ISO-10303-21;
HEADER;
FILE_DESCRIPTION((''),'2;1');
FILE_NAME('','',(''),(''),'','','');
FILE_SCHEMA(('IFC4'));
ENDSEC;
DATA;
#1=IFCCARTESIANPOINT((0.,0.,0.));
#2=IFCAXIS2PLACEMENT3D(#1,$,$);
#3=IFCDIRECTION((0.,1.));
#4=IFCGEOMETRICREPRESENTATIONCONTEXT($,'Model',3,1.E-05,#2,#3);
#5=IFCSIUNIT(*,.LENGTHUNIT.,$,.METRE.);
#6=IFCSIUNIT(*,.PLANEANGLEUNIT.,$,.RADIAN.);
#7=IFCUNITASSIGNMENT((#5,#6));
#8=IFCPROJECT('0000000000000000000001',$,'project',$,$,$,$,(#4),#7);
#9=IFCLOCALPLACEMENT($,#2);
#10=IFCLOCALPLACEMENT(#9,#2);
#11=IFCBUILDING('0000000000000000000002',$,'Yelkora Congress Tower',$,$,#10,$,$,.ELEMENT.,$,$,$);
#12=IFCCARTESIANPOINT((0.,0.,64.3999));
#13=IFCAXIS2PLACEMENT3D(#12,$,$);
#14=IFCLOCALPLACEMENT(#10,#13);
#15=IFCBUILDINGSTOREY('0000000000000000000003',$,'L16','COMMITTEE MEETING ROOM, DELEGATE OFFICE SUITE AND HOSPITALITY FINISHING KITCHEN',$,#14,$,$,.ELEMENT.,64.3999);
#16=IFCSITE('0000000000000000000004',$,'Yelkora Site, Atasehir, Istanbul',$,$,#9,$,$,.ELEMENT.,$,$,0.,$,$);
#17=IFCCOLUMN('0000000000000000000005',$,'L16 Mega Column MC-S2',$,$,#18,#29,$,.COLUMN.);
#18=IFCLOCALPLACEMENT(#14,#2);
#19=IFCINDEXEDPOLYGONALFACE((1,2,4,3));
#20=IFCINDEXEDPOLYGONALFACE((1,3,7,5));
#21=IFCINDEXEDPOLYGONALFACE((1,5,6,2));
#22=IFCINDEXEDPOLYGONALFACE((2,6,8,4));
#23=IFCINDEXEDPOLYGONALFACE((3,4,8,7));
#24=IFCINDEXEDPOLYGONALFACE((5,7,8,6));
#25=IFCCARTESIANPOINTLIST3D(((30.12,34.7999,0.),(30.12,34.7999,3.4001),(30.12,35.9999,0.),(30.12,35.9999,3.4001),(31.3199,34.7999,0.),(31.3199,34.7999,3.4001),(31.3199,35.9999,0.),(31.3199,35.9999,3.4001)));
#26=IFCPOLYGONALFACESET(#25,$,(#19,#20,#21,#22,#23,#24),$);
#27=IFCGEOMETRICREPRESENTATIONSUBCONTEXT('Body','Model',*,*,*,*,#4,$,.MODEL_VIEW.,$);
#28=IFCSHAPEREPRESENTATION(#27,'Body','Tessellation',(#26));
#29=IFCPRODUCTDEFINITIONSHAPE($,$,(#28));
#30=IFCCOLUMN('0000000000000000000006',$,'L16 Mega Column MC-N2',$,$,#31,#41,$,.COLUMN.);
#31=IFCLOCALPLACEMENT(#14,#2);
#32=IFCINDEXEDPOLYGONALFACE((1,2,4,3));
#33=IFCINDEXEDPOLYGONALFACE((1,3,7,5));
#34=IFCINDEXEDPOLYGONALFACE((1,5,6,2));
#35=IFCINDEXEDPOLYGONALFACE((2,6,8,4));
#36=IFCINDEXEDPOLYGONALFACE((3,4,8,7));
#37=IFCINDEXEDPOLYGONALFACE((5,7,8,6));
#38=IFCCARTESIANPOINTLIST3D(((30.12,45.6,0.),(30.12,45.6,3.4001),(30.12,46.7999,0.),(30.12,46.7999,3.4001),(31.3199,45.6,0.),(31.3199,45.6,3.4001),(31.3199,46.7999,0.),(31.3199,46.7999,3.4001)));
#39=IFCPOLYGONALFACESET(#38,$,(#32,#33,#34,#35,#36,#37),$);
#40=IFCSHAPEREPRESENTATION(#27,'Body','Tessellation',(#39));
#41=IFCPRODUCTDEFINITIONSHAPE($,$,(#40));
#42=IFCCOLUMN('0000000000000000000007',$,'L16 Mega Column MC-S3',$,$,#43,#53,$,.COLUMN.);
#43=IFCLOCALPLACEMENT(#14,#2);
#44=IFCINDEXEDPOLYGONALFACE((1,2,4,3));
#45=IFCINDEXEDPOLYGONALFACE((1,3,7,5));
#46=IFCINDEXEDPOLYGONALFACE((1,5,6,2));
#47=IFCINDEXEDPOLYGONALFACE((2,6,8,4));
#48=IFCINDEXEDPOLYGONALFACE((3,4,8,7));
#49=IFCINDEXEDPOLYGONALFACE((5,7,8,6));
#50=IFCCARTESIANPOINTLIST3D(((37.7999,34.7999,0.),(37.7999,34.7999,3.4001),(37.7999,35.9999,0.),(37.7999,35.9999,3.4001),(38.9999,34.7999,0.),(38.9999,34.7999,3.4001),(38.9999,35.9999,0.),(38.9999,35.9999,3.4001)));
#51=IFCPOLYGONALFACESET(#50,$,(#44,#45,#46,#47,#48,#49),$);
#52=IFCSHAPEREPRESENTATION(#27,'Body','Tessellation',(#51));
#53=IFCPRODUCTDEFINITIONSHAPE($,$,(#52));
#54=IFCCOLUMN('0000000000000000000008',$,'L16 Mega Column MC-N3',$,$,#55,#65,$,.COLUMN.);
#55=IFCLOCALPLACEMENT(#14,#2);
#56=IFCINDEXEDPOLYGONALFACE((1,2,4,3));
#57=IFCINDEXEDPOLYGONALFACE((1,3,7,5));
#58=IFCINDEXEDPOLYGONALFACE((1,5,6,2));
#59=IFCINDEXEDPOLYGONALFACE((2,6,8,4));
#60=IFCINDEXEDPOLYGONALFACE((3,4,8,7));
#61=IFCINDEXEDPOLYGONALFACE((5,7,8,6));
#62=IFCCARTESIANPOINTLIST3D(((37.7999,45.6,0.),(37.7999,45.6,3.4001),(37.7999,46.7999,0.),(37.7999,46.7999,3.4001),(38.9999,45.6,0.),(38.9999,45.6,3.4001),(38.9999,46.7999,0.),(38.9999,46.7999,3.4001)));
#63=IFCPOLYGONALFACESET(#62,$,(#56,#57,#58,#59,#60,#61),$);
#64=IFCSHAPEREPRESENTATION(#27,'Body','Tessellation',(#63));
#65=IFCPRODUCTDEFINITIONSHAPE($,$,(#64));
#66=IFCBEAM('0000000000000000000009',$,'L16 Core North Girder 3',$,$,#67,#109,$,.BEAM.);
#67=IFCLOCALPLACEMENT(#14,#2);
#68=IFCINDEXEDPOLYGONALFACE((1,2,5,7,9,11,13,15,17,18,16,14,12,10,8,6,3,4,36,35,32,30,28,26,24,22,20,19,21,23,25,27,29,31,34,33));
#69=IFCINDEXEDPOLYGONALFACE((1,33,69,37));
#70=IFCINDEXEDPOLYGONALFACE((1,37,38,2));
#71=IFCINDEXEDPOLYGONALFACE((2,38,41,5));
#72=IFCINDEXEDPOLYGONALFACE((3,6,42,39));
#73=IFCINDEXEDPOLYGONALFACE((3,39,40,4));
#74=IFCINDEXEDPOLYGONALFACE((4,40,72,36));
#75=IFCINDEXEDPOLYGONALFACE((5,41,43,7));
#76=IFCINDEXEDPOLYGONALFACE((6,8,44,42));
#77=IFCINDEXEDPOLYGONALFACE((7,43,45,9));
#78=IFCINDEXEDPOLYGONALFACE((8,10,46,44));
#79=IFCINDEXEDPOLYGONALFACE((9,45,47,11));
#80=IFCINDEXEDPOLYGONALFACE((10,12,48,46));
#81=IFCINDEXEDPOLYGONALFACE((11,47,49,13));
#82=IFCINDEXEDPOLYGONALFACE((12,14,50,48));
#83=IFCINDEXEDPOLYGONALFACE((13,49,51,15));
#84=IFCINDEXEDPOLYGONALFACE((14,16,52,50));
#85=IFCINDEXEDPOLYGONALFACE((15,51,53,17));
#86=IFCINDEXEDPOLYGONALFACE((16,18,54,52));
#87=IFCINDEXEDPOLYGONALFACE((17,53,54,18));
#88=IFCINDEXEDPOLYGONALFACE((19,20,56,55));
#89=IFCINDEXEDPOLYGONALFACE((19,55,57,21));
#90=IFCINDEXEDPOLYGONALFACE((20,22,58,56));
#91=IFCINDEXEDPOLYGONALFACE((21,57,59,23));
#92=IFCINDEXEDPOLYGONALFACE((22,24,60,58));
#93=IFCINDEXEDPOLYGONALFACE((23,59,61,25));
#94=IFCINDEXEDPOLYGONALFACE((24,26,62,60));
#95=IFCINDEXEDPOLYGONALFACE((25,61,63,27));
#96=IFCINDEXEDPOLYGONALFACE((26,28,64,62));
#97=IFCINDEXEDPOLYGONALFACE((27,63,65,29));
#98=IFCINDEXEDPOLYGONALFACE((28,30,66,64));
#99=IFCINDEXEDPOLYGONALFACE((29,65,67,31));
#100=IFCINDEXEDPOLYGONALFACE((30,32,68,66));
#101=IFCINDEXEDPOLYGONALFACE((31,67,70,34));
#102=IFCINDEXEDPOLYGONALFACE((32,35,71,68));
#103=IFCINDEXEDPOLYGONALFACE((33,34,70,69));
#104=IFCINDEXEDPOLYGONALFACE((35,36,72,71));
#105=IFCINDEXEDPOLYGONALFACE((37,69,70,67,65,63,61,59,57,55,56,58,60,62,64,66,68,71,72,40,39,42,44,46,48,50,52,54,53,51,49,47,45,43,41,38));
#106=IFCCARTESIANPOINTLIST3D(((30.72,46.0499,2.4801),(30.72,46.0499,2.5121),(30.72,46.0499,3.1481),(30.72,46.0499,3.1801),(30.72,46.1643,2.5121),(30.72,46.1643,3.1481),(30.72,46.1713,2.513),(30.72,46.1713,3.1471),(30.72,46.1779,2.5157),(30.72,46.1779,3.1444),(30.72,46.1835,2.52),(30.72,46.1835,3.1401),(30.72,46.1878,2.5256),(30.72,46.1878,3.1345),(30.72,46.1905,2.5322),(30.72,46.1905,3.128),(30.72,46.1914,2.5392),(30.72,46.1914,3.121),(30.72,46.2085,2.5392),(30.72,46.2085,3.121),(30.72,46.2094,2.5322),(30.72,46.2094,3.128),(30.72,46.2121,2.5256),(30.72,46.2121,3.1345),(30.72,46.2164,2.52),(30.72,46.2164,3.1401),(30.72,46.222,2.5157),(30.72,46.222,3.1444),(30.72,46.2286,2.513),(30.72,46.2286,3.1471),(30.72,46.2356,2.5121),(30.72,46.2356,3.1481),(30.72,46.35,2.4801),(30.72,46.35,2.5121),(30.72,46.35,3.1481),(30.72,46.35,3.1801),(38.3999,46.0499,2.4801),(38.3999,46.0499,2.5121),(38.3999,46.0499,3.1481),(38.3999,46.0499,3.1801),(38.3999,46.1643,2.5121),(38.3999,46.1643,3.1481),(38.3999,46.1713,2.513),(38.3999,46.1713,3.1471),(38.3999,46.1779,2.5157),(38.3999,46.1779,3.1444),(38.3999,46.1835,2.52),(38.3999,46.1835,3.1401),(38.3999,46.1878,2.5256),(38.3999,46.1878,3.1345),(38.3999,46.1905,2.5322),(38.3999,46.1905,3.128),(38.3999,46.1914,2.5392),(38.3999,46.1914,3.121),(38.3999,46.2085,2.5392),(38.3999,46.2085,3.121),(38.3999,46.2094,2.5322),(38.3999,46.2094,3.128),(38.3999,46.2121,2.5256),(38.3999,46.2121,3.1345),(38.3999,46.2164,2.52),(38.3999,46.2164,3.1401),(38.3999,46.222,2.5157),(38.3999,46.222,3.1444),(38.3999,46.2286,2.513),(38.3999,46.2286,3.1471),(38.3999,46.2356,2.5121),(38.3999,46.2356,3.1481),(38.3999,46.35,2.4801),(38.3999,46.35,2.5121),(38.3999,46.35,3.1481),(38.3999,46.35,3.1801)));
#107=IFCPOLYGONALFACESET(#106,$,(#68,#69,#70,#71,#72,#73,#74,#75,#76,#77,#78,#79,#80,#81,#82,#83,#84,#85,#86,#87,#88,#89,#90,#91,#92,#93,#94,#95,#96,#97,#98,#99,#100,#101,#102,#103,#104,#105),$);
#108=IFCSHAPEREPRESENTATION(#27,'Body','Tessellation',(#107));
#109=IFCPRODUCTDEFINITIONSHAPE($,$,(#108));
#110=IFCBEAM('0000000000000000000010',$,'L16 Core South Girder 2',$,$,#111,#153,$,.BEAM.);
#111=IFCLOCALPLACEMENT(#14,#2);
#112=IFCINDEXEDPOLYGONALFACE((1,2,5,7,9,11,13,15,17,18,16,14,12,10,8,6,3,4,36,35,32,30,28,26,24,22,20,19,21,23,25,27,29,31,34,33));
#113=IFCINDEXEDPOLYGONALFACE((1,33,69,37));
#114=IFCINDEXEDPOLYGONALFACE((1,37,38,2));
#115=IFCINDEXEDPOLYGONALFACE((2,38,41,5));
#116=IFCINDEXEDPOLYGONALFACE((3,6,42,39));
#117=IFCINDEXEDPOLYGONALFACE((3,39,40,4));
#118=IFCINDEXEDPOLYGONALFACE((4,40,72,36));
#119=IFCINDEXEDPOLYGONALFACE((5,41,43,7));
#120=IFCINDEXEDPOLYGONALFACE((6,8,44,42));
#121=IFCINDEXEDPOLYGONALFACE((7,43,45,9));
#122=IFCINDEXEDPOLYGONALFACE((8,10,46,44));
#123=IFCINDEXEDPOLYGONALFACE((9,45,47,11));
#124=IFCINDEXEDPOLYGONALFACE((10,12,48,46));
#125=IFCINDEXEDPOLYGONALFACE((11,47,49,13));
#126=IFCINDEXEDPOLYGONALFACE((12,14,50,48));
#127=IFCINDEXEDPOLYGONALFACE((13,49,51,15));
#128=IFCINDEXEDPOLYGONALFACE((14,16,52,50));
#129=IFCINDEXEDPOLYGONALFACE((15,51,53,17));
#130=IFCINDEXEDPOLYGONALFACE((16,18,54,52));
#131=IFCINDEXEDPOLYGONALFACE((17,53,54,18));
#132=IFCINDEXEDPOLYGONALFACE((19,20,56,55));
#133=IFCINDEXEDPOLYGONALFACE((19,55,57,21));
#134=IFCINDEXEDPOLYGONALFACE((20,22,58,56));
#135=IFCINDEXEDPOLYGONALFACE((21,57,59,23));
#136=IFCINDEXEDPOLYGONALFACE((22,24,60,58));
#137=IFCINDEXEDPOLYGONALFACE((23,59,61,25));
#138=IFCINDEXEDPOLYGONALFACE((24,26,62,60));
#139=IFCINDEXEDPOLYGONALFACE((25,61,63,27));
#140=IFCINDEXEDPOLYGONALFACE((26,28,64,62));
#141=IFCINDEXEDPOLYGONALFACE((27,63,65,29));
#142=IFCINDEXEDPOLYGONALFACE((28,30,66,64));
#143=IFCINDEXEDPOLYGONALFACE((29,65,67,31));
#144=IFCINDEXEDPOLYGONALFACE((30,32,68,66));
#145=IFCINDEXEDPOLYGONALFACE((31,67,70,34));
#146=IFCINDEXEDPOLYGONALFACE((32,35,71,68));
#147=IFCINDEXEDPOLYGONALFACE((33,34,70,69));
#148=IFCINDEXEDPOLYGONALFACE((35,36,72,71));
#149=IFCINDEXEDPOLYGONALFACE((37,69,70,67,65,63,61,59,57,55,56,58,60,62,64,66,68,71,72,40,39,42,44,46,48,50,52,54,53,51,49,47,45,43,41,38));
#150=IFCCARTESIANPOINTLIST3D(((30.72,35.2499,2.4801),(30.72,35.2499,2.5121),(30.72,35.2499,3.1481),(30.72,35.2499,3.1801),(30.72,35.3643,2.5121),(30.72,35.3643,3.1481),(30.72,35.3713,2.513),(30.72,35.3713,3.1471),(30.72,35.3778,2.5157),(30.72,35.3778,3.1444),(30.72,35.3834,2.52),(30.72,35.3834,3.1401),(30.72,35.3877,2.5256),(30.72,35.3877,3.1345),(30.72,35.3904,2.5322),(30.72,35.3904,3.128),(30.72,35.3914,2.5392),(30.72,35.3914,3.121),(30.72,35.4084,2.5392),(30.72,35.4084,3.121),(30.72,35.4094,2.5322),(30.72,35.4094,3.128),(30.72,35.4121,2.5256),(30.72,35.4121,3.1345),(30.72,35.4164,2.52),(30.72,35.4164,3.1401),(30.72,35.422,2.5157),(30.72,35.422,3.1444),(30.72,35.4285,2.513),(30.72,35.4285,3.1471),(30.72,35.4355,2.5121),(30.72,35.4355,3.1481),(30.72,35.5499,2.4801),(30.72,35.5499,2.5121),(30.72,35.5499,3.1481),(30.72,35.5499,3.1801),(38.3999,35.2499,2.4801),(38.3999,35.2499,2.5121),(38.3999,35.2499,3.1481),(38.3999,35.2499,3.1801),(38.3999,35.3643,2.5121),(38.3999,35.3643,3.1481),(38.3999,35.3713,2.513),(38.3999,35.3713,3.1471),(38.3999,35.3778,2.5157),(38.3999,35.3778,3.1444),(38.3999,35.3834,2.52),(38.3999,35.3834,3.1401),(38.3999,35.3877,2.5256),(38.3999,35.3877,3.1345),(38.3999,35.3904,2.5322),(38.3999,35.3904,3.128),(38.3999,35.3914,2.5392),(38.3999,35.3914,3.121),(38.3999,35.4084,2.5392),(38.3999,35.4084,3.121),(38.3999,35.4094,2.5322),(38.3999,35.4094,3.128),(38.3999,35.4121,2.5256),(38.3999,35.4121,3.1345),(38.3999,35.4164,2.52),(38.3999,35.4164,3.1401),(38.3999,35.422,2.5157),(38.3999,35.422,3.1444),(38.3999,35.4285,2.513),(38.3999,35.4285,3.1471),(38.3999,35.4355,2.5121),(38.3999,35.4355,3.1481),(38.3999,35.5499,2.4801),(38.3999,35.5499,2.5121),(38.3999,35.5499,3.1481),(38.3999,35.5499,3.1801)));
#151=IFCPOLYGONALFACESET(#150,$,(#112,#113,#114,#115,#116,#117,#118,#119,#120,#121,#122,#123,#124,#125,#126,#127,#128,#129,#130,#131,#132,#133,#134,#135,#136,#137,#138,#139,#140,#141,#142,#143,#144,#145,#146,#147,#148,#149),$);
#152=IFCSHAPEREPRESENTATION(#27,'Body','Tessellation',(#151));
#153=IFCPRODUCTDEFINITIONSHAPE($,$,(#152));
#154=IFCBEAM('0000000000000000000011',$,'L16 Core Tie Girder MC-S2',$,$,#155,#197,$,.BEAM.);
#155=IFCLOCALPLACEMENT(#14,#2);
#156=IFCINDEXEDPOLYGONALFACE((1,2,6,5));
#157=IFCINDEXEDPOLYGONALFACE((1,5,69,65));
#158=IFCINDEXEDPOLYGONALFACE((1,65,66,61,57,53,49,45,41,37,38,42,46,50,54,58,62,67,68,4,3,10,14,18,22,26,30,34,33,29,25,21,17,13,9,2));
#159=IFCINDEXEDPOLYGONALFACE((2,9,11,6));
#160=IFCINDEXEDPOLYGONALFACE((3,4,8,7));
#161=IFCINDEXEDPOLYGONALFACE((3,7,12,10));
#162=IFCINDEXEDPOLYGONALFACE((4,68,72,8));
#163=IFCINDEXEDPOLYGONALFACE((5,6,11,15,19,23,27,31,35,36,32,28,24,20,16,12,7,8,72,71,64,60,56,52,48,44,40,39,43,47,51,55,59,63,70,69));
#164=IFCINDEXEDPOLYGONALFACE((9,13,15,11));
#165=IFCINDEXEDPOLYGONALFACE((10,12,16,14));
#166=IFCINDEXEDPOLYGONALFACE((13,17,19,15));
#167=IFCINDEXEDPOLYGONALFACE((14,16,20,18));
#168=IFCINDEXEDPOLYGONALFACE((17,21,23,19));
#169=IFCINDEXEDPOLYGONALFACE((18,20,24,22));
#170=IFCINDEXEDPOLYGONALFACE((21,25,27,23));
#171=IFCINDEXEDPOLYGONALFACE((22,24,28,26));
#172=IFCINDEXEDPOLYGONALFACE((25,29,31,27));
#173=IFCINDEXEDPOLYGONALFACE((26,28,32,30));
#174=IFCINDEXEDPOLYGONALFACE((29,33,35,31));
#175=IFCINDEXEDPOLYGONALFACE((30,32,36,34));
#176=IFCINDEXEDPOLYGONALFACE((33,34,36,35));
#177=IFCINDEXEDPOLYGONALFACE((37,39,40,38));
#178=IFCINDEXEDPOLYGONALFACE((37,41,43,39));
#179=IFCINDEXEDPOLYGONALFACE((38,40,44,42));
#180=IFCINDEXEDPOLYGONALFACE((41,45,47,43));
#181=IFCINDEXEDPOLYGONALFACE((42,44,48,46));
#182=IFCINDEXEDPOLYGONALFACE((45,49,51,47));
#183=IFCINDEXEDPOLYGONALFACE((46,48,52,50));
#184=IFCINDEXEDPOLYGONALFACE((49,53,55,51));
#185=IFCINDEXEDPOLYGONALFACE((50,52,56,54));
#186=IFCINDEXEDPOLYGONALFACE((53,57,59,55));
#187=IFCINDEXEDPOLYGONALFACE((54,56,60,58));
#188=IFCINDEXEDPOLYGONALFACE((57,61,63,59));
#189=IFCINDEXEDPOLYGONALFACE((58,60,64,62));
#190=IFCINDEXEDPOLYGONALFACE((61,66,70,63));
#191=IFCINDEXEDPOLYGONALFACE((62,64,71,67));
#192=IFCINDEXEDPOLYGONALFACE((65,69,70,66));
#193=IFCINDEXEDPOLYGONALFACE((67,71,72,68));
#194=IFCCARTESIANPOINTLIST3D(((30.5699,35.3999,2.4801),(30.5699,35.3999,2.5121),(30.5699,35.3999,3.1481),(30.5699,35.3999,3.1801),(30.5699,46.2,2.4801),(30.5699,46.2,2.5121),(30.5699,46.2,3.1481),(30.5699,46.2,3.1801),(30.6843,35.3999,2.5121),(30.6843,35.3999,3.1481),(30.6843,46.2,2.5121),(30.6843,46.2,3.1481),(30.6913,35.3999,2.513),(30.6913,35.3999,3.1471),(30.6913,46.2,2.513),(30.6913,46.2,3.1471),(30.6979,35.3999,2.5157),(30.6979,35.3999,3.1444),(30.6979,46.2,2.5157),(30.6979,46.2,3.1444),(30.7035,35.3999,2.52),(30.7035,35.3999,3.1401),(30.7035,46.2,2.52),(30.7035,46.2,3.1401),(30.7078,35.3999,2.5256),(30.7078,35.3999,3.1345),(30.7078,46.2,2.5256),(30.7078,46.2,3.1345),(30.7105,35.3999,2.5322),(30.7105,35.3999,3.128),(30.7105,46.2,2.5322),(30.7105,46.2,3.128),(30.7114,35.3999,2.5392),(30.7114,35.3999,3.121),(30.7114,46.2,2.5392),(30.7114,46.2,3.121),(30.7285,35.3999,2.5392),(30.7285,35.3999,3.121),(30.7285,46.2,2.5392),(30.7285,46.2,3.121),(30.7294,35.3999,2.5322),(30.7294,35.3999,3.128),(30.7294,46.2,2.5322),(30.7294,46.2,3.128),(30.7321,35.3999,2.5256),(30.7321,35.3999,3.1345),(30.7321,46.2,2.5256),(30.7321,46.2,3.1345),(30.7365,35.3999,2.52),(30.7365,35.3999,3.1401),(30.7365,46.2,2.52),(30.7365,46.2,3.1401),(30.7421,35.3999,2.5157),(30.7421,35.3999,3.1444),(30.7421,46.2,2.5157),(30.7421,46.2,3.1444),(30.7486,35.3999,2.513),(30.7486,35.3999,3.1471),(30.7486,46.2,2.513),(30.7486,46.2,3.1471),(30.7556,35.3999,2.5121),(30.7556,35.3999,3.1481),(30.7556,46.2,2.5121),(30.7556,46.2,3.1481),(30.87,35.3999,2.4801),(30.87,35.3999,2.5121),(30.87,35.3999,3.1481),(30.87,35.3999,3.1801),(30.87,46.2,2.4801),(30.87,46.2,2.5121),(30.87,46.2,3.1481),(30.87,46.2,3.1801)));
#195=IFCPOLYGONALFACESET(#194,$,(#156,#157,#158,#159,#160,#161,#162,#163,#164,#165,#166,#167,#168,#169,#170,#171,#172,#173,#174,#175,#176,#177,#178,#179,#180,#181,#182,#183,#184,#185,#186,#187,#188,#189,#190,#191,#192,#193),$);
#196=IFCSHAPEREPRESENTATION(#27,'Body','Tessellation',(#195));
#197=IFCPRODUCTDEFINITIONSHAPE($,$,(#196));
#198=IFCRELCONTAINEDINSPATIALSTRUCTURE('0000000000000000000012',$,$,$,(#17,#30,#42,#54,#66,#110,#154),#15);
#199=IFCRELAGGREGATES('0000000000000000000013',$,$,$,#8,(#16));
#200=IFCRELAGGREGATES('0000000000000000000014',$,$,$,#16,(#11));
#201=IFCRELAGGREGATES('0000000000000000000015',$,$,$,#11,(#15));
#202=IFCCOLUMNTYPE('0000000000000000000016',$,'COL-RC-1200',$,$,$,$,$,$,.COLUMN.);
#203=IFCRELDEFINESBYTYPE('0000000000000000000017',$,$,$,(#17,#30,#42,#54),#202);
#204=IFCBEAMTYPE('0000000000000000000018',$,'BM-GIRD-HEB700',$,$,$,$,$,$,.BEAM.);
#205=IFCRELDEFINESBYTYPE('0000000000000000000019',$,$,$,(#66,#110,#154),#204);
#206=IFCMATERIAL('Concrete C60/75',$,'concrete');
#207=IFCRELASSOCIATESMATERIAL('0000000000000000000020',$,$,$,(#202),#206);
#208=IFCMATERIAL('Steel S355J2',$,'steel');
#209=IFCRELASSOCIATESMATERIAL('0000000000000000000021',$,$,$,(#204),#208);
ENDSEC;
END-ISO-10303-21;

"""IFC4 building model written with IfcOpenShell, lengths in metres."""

from ifc_helpers import new_model, si_unit, direction, frame, origin, origin_2d, place, context, subcontext, project, spatial, rectangle, i_section, extrude, material, material_profile, profile_set, type_object, element, save


model = new_model("IFC4")

# Units and contexts
model_context = context("Model", 3, precision=1e-05, world=origin(), true_north=direction((0.0, 1.0)))
body_context = subcontext(model_context, "Body", "Model", "MODEL_VIEW")
ifc_project = project(units=[si_unit("LENGTHUNIT", "METRE"), si_unit("PLANEANGLEUNIT", "RADIAN")], contexts=[model_context])

# Site, building, storey
site_placement = place(None, origin())
site = spatial("IfcSite", under=ifc_project, at=site_placement, Name="Yelkora Site, Atasehir, Istanbul", CompositionType="ELEMENT", RefElevation=0.0)
building_placement = place(site_placement, origin())
building = spatial("IfcBuilding", under=site, at=building_placement, Name="Yelkora Congress Tower", CompositionType="ELEMENT")
storey_placement = place(building_placement, frame((0.0, 0.0, 64.3999)))
storey = spatial("IfcBuildingStorey", under=building, at=storey_placement, Name="L16", Description="COMMITTEE MEETING ROOM, DELEGATE OFFICE SUITE AND HOSPITALITY FINISHING KITCHEN", CompositionType="ELEMENT", Elevation=64.3999)

# Columns
ifc_material_1 = material(Name="Concrete C60/75", Category="concrete")
ifc_material_profile_1 = material_profile(ifc_material_1, rectangle(XDim=1.2, YDim=1.2, at=origin_2d()), Name="RC 1200x1200")
ifc_profile_set_1 = profile_set([ifc_material_profile_1], Name="Concrete C60/75")
column_type = type_object("IfcColumnType", Name="COL-RC-1200", PredefinedType="COLUMN", material=ifc_profile_set_1)
for number, where, z_axis, x_axis, name in (
    (1, (30.72, 35.3999, 0.0), (0.0, 0.0, 1.0), (1.0, 0.0, 0.0), "L16 Mega Column MC-S2"),
    (2, (30.72, 46.2, 0.0), (0.0, 0.0, 1.0), (1.0, 0.0, 0.0), "L16 Mega Column MC-N2"),
    (3, (38.3999, 35.3999, 0.0), (0.0, 0.0, 1.0), (1.0, 0.0, 0.0), "L16 Mega Column MC-S3"),
    (4, (38.3999, 46.2, 0.0), (0.0, 0.0, 1.0), (1.0, 0.0, 0.0), "L16 Mega Column MC-N3"),
):
    element("IfcColumn", number, at=place(storey_placement, frame(where, z_axis=z_axis, x_axis=x_axis)), inside=storey, type_object=column_type, Name=name, PredefinedType="COLUMN", context=body_context, shape_type="SweptSolid", body=[
        extrude(rectangle(XDim=1.2, YDim=1.2, at=origin_2d()), origin(), (0.0, 0.0, 1.0), 3.4001),
    ])

# Beams
ifc_material_2 = material(Name="Steel S355J2", Category="steel")
ifc_material_profile_2 = material_profile(ifc_material_2, i_section(OverallWidth=0.3, OverallDepth=0.7, WebThickness=0.0171, FlangeThickness=0.032, FilletRadius=0.0271, at=origin_2d()), Name="HEB 700")
ifc_profile_set_2 = profile_set([ifc_material_profile_2], Name="Steel S355J2")
beam_type = type_object("IfcBeamType", Name="BM-GIRD-HEB700", PredefinedType="BEAM", material=ifc_profile_set_2)
for number, where, z_axis, x_axis, name in (
    (5, (30.72, 46.2, 2.8301), (1.0, 0.0, 0.0), (0.0, 1.0, 0.0), "L16 Core North Girder 3"),
    (6, (30.72, 35.3999, 2.8301), (1.0, 0.0, 0.0), (0.0, 1.0, 0.0), "L16 Core South Girder 2"),
):
    element("IfcBeam", number, at=place(storey_placement, frame(where, z_axis=z_axis, x_axis=x_axis)), inside=storey, type_object=beam_type, Name=name, PredefinedType="BEAM", context=body_context, shape_type="SweptSolid", body=[
        extrude(i_section(OverallWidth=0.3, OverallDepth=0.7, WebThickness=0.0171, FlangeThickness=0.032, FilletRadius=0.0271, at=origin_2d()), origin(), (0.0, 0.0, 1.0), 7.6799),
    ])
beam_placement = place(storey_placement, frame((30.72, 35.3999, 2.8301), z_axis=(0.0, 1.0, 0.0), x_axis=(-1.0, 0.0, 0.0)))
element("IfcBeam", 7, at=beam_placement, inside=storey, type_object=beam_type, Name="L16 Core Tie Girder MC-S2", PredefinedType="BEAM", context=body_context, shape_type="SweptSolid", body=[
    extrude(i_section(OverallWidth=0.3, OverallDepth=0.7, WebThickness=0.0171, FlangeThickness=0.032, FilletRadius=0.0271, at=origin_2d()), origin(), (0.0, 0.0, 1.0), 10.8),
])

save(model, "model.ifc")
